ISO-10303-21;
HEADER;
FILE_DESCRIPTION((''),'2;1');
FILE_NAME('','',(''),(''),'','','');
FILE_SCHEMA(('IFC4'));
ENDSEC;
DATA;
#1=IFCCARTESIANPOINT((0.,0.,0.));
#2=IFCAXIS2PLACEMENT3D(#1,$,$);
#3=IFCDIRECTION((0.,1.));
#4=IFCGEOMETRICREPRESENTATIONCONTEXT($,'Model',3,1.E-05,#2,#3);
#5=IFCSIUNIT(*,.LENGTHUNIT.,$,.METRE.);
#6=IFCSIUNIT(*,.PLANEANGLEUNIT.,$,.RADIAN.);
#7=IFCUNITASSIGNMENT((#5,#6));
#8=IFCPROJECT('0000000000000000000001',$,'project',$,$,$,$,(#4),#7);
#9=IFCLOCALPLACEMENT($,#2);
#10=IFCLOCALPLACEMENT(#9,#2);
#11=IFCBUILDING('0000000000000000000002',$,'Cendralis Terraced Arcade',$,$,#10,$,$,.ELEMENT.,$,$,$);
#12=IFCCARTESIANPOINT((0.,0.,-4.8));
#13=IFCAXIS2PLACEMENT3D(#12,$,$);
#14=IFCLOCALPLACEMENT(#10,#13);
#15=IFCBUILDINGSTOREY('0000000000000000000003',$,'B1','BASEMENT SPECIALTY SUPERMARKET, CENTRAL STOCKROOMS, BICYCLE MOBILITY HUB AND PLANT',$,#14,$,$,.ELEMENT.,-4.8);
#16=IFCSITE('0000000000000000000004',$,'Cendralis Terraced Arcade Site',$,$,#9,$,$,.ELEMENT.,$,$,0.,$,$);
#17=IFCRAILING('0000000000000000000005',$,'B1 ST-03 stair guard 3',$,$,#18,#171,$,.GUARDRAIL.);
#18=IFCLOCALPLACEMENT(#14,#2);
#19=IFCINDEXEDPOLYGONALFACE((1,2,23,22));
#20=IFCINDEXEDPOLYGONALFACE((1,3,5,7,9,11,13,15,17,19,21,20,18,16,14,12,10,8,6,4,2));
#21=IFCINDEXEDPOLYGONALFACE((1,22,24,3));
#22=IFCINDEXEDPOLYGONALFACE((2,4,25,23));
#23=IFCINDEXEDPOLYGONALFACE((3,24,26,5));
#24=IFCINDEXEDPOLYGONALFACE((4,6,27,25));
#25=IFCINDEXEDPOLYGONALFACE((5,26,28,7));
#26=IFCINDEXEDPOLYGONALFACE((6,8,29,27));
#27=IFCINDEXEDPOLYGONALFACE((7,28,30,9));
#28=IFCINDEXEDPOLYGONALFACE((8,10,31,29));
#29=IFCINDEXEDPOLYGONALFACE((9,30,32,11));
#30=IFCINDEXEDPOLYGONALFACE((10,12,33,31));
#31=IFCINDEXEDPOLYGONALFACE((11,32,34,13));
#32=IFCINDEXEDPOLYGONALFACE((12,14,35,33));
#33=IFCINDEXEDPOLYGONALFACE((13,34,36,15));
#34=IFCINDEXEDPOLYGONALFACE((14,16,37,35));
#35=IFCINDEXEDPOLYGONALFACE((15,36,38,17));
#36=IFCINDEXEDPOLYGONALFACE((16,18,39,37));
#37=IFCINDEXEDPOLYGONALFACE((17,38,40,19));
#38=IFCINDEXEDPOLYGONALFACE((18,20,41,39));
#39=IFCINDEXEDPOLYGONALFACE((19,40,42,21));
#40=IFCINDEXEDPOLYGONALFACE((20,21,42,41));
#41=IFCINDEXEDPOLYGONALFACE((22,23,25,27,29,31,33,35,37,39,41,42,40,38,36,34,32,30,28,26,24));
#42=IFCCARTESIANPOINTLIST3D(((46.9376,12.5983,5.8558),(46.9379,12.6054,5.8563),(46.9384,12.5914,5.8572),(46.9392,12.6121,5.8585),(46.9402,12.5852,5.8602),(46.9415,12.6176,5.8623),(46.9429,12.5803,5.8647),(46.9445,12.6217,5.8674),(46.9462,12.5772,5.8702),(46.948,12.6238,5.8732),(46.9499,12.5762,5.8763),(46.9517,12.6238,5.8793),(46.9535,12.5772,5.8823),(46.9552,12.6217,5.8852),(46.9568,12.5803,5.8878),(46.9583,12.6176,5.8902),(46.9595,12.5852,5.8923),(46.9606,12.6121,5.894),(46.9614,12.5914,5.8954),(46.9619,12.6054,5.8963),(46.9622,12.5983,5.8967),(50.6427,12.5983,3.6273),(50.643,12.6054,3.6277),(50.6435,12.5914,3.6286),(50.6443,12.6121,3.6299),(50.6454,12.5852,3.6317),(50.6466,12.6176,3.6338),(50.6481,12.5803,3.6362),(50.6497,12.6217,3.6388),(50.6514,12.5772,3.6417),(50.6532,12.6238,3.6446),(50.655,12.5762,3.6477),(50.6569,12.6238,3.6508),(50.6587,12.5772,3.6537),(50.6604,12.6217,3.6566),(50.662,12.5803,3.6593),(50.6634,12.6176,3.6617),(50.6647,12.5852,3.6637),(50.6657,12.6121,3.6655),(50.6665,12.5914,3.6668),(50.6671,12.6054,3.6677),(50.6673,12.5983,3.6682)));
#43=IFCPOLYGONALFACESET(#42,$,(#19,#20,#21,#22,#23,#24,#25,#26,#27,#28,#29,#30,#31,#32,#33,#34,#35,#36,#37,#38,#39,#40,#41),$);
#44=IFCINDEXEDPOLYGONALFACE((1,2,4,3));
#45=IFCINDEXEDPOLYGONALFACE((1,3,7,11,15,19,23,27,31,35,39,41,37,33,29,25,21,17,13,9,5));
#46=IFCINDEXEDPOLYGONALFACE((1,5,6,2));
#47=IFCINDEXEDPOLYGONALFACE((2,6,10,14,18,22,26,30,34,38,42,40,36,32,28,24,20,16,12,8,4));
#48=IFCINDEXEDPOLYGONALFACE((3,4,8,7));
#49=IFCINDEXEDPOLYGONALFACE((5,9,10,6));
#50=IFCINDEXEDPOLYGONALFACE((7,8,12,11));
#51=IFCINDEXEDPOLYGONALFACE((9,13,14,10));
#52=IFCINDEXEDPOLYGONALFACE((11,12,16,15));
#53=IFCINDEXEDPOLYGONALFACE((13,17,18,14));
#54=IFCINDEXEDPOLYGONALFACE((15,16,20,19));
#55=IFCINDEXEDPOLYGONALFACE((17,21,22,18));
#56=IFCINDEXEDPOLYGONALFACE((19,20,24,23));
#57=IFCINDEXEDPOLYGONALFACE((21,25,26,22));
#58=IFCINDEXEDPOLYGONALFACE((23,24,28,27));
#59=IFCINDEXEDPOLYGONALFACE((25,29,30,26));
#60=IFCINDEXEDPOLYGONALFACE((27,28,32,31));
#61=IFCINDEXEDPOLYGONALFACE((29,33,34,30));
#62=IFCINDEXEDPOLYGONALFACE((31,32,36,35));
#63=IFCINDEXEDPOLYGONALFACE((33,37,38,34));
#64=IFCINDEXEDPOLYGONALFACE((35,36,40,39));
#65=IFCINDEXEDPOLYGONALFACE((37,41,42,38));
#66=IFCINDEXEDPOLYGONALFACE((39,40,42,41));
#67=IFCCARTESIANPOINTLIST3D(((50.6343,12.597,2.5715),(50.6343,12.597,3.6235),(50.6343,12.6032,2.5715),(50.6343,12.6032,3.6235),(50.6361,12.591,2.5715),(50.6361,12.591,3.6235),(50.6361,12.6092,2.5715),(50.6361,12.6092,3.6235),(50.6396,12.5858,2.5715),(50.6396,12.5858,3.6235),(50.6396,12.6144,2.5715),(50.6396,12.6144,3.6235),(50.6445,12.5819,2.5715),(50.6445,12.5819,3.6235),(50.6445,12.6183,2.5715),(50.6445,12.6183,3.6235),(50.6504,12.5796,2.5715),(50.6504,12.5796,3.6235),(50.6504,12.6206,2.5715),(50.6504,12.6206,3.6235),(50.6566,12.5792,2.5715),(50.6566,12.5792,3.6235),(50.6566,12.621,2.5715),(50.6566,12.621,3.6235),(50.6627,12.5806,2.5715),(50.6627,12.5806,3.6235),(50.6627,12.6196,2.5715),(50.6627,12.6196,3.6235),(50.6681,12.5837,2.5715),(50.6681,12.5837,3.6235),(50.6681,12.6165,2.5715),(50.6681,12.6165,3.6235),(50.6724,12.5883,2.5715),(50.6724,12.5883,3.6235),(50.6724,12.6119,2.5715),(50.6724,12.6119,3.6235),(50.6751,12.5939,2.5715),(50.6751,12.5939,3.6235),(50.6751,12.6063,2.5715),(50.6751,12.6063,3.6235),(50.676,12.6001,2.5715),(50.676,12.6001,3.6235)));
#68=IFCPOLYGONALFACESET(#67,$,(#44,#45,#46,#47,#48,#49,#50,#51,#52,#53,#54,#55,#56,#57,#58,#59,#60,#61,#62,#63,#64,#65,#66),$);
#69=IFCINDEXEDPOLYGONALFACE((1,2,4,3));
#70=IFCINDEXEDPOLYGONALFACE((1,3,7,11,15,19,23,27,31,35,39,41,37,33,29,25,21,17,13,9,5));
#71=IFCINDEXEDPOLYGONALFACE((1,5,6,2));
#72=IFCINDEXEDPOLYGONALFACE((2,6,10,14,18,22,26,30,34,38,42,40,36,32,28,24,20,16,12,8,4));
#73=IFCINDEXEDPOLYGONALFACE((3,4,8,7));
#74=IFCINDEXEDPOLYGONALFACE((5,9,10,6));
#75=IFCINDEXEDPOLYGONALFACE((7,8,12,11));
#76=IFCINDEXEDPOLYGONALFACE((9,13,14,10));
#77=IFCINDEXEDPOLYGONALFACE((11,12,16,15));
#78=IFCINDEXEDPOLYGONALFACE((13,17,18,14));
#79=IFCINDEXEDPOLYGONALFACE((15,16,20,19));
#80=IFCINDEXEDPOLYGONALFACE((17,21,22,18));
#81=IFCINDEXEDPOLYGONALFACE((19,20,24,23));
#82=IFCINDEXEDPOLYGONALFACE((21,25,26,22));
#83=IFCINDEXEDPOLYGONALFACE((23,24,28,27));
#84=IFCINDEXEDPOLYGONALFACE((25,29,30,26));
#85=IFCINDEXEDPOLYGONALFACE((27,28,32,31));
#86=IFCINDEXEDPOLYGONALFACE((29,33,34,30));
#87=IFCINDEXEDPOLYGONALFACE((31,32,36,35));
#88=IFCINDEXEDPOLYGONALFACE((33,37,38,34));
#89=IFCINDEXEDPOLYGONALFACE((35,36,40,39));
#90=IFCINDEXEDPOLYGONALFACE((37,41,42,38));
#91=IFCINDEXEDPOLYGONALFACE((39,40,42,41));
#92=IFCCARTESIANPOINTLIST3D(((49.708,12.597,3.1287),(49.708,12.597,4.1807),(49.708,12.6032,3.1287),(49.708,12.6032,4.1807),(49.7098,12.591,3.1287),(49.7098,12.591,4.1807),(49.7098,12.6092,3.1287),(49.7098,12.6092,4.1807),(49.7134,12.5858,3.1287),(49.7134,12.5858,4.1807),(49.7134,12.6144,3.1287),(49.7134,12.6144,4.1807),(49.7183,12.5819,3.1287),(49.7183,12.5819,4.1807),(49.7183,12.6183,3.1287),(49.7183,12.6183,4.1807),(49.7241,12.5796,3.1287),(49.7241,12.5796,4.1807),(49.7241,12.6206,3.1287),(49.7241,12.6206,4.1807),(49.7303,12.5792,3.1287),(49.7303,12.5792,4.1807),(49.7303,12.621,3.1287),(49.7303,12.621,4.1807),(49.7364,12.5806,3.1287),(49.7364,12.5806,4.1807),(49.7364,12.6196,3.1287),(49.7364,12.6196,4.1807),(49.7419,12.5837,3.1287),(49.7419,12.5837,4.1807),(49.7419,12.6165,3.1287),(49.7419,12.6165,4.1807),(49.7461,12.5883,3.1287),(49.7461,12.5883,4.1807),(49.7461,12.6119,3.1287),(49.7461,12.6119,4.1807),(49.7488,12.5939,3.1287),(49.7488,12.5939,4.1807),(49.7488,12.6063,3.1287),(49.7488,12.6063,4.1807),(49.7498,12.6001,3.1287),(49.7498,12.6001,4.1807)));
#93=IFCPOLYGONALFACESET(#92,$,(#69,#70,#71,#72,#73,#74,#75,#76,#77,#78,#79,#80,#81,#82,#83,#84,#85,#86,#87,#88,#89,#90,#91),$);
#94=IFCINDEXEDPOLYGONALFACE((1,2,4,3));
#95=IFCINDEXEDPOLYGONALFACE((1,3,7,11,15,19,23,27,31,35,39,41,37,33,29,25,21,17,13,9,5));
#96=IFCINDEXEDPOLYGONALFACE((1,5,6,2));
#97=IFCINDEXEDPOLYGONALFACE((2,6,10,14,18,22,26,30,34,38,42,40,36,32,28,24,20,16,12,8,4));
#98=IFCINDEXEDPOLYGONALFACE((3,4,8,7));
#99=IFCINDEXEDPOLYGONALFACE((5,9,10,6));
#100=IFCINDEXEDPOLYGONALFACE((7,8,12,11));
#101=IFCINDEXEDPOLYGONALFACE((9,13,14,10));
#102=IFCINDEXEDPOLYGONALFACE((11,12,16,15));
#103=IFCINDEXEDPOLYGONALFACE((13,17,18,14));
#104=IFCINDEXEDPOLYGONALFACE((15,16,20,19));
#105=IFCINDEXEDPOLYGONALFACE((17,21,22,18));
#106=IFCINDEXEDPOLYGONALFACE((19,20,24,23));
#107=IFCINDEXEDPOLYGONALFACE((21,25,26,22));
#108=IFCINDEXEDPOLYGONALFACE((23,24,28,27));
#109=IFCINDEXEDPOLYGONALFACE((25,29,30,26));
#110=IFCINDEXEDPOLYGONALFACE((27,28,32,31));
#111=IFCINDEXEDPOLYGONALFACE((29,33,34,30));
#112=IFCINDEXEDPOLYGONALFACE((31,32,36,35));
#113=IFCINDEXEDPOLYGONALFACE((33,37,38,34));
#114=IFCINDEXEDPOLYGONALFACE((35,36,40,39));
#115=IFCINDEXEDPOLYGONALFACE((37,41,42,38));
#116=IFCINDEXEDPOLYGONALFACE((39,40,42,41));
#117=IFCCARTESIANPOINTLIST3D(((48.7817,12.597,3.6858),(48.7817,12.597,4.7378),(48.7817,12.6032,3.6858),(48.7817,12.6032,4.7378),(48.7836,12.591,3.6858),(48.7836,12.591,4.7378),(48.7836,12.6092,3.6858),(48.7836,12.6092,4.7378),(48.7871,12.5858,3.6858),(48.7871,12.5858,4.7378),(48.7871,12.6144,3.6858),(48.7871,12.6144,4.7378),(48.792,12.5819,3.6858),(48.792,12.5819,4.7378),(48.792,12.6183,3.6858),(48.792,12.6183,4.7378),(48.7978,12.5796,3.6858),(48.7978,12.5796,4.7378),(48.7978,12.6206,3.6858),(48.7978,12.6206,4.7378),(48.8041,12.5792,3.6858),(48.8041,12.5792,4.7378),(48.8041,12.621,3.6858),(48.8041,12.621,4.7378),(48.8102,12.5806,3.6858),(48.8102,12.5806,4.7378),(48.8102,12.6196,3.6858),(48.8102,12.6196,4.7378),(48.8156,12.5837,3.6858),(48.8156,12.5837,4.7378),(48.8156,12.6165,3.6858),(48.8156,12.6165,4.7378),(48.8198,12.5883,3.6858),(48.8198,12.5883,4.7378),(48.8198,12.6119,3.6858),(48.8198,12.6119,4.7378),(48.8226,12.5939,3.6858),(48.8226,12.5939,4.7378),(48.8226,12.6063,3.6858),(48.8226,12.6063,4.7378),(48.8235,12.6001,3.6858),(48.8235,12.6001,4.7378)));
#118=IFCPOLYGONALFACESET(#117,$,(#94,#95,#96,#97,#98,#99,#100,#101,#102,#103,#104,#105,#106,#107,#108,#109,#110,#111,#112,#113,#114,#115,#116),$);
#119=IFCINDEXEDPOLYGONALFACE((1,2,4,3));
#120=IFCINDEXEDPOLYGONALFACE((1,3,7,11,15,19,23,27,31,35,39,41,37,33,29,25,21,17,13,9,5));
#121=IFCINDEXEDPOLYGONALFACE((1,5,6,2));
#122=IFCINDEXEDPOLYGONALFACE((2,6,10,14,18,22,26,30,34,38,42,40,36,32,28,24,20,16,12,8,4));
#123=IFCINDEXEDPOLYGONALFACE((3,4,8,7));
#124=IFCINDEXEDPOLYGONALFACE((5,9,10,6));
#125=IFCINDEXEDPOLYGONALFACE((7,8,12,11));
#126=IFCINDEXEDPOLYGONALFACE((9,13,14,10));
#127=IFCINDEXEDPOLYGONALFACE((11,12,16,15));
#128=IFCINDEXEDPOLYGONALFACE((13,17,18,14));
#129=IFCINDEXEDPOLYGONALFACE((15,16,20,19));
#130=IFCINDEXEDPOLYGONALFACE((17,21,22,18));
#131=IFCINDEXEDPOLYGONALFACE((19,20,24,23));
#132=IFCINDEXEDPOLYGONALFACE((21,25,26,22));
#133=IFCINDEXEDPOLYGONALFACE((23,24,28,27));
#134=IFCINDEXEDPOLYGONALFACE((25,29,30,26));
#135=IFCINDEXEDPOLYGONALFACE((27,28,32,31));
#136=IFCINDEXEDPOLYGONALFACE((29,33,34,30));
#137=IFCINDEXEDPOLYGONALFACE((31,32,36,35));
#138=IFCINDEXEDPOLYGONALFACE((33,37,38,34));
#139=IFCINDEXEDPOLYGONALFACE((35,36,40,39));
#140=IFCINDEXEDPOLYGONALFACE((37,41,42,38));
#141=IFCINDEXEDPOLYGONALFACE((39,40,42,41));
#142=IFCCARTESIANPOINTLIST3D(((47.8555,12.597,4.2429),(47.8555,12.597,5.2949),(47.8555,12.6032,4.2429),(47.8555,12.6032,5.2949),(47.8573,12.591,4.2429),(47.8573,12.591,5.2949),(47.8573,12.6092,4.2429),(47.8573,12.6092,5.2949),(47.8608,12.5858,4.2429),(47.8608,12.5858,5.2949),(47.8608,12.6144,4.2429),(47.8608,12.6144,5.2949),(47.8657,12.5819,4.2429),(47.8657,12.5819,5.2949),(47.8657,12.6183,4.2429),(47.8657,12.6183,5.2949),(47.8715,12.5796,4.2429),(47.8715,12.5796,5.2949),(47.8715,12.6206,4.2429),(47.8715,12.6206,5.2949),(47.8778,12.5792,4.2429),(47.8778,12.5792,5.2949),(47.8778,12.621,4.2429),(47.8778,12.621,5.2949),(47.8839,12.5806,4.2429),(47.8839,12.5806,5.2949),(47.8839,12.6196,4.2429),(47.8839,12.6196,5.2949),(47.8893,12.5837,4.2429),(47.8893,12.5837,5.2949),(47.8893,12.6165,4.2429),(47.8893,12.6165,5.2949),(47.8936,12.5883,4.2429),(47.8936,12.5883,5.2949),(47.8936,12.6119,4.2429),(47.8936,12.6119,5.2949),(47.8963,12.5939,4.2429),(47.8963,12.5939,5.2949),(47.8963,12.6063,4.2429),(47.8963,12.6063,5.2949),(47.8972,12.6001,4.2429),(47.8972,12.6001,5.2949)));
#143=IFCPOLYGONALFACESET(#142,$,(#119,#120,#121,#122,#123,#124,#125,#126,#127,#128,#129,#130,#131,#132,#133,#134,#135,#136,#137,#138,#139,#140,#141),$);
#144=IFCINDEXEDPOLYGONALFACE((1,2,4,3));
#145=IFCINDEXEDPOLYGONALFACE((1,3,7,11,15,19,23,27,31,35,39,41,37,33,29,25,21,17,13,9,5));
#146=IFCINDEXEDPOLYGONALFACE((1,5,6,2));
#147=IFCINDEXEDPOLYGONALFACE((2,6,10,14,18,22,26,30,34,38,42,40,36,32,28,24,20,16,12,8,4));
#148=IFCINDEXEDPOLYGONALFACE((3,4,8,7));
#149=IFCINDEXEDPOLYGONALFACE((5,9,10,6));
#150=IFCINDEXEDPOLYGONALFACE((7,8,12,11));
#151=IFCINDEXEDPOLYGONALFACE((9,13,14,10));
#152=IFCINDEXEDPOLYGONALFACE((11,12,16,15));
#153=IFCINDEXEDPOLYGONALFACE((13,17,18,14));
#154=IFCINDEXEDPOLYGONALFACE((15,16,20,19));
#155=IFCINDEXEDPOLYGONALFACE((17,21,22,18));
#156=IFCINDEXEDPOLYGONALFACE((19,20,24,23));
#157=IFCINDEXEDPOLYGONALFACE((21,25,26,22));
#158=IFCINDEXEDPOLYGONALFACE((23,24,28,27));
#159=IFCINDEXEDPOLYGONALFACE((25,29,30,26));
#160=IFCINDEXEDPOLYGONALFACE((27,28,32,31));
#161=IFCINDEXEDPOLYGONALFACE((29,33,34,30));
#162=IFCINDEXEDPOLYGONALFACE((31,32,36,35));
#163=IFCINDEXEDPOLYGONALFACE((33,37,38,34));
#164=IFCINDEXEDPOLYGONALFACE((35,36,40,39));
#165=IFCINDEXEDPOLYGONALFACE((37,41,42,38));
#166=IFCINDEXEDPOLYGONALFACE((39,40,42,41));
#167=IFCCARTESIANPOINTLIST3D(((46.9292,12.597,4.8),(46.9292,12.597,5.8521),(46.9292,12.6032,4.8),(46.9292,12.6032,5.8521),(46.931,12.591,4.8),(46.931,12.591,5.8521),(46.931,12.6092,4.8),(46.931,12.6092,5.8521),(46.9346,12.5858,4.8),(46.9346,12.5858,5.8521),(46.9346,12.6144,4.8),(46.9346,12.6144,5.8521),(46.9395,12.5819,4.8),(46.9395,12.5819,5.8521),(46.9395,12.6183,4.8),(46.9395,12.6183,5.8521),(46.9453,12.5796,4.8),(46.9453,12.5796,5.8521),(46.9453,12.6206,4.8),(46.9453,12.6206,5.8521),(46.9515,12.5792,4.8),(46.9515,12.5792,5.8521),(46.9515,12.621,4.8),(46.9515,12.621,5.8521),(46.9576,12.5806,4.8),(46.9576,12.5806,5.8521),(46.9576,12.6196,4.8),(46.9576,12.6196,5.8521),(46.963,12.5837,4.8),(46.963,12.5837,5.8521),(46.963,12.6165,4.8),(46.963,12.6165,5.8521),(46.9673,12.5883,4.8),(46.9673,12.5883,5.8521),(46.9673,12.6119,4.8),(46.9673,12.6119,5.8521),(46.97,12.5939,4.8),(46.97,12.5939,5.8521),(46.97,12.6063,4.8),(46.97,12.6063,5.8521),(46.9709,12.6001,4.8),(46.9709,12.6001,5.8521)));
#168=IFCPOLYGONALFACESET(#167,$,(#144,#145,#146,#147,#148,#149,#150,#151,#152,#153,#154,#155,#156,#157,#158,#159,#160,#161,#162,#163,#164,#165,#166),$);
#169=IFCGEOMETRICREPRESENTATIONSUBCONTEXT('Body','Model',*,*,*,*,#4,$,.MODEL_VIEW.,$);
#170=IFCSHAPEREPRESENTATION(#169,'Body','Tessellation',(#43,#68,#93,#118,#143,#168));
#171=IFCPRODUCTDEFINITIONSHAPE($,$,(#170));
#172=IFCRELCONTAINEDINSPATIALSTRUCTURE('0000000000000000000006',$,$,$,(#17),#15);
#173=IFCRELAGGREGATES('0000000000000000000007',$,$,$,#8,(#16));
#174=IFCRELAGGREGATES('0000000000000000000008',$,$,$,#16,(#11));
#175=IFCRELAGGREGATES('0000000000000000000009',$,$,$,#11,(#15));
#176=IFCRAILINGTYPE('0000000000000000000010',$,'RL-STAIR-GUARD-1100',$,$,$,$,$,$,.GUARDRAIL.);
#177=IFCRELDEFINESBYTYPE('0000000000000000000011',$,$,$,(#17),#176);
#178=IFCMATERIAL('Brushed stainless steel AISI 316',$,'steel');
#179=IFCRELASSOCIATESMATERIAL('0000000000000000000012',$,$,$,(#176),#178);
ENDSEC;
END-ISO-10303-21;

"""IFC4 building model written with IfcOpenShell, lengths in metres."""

from ifc_helpers import new_model, si_unit, direction, frame, origin, origin_2d, place, context, subcontext, project, spatial, circle, extrude, material, type_object, element, save


model = new_model("IFC4")

# Units and contexts
model_context = context("Model", 3, precision=1e-05, world=origin(), true_north=direction((0.0, 1.0)))
body_context = subcontext(model_context, "Body", "Model", "MODEL_VIEW")
ifc_project = project(units=[si_unit("LENGTHUNIT", "METRE"), si_unit("PLANEANGLEUNIT", "RADIAN")], contexts=[model_context])

# Site, building, storey
site_placement = place(None, origin())
site = spatial("IfcSite", under=ifc_project, at=site_placement, Name="Cendralis Terraced Arcade Site", CompositionType="ELEMENT", RefElevation=0.0)
building_placement = place(site_placement, origin())
building = spatial("IfcBuilding", under=site, at=building_placement, Name="Cendralis Terraced Arcade", CompositionType="ELEMENT")
storey_placement = place(building_placement, frame((0.0, 0.0, -4.8)))
storey = spatial("IfcBuildingStorey", under=building, at=storey_placement, Name="B1", Description="BASEMENT SPECIALTY SUPERMARKET, CENTRAL STOCKROOMS, BICYCLE MOBILITY HUB AND PLANT", CompositionType="ELEMENT", Elevation=-4.8)

# Railing
ifc_material_1 = material(Name="Brushed stainless steel AISI 316", Category="steel")
railing_type_1 = type_object("IfcRailingType", Name="RL-STAIR-GUARD-1100", PredefinedType="GUARDRAIL", material=ifc_material_1)
railing_1_placement = place(storey_placement, frame((50.655, 12.6001, 2.5715)))
element("IfcRailing", 1, at=railing_1_placement, inside=storey, type_object=railing_type_1, Name="B1 ST-03 stair guard 3", PredefinedType="GUARDRAIL", context=body_context, shape_type="SweptSolid", body=[
    extrude(circle(Radius=0.0239, at=origin_2d()), frame((0.0, 0.0, 1.0762), z_axis=(-0.856934, 0.0, 0.515425), x_axis=(0.0, -1.0, 0.0)), (0.0, 0.0, 1.0), 4.3237),
    extrude(circle(Radius=0.021, at=origin_2d()), origin(), (0.0, 0.0, 1.0), 1.052),
    extrude(circle(Radius=0.021, at=origin_2d()), frame((-0.9263, 0.0, 0.5571)), (0.0, 0.0, 1.0), 1.052),
    extrude(circle(Radius=0.021, at=origin_2d()), frame((-1.8525, 0.0, 1.1143)), (0.0, 0.0, 1.0), 1.052),
    extrude(circle(Radius=0.021, at=origin_2d()), frame((-2.7788, 0.0, 1.6714)), (0.0, 0.0, 1.0), 1.052),
    extrude(circle(Radius=0.021, at=origin_2d()), frame((-3.7051, 0.0, 2.2285)), (0.0, 0.0, 1.0), 1.052),
])

save(model, "model.ifc")
